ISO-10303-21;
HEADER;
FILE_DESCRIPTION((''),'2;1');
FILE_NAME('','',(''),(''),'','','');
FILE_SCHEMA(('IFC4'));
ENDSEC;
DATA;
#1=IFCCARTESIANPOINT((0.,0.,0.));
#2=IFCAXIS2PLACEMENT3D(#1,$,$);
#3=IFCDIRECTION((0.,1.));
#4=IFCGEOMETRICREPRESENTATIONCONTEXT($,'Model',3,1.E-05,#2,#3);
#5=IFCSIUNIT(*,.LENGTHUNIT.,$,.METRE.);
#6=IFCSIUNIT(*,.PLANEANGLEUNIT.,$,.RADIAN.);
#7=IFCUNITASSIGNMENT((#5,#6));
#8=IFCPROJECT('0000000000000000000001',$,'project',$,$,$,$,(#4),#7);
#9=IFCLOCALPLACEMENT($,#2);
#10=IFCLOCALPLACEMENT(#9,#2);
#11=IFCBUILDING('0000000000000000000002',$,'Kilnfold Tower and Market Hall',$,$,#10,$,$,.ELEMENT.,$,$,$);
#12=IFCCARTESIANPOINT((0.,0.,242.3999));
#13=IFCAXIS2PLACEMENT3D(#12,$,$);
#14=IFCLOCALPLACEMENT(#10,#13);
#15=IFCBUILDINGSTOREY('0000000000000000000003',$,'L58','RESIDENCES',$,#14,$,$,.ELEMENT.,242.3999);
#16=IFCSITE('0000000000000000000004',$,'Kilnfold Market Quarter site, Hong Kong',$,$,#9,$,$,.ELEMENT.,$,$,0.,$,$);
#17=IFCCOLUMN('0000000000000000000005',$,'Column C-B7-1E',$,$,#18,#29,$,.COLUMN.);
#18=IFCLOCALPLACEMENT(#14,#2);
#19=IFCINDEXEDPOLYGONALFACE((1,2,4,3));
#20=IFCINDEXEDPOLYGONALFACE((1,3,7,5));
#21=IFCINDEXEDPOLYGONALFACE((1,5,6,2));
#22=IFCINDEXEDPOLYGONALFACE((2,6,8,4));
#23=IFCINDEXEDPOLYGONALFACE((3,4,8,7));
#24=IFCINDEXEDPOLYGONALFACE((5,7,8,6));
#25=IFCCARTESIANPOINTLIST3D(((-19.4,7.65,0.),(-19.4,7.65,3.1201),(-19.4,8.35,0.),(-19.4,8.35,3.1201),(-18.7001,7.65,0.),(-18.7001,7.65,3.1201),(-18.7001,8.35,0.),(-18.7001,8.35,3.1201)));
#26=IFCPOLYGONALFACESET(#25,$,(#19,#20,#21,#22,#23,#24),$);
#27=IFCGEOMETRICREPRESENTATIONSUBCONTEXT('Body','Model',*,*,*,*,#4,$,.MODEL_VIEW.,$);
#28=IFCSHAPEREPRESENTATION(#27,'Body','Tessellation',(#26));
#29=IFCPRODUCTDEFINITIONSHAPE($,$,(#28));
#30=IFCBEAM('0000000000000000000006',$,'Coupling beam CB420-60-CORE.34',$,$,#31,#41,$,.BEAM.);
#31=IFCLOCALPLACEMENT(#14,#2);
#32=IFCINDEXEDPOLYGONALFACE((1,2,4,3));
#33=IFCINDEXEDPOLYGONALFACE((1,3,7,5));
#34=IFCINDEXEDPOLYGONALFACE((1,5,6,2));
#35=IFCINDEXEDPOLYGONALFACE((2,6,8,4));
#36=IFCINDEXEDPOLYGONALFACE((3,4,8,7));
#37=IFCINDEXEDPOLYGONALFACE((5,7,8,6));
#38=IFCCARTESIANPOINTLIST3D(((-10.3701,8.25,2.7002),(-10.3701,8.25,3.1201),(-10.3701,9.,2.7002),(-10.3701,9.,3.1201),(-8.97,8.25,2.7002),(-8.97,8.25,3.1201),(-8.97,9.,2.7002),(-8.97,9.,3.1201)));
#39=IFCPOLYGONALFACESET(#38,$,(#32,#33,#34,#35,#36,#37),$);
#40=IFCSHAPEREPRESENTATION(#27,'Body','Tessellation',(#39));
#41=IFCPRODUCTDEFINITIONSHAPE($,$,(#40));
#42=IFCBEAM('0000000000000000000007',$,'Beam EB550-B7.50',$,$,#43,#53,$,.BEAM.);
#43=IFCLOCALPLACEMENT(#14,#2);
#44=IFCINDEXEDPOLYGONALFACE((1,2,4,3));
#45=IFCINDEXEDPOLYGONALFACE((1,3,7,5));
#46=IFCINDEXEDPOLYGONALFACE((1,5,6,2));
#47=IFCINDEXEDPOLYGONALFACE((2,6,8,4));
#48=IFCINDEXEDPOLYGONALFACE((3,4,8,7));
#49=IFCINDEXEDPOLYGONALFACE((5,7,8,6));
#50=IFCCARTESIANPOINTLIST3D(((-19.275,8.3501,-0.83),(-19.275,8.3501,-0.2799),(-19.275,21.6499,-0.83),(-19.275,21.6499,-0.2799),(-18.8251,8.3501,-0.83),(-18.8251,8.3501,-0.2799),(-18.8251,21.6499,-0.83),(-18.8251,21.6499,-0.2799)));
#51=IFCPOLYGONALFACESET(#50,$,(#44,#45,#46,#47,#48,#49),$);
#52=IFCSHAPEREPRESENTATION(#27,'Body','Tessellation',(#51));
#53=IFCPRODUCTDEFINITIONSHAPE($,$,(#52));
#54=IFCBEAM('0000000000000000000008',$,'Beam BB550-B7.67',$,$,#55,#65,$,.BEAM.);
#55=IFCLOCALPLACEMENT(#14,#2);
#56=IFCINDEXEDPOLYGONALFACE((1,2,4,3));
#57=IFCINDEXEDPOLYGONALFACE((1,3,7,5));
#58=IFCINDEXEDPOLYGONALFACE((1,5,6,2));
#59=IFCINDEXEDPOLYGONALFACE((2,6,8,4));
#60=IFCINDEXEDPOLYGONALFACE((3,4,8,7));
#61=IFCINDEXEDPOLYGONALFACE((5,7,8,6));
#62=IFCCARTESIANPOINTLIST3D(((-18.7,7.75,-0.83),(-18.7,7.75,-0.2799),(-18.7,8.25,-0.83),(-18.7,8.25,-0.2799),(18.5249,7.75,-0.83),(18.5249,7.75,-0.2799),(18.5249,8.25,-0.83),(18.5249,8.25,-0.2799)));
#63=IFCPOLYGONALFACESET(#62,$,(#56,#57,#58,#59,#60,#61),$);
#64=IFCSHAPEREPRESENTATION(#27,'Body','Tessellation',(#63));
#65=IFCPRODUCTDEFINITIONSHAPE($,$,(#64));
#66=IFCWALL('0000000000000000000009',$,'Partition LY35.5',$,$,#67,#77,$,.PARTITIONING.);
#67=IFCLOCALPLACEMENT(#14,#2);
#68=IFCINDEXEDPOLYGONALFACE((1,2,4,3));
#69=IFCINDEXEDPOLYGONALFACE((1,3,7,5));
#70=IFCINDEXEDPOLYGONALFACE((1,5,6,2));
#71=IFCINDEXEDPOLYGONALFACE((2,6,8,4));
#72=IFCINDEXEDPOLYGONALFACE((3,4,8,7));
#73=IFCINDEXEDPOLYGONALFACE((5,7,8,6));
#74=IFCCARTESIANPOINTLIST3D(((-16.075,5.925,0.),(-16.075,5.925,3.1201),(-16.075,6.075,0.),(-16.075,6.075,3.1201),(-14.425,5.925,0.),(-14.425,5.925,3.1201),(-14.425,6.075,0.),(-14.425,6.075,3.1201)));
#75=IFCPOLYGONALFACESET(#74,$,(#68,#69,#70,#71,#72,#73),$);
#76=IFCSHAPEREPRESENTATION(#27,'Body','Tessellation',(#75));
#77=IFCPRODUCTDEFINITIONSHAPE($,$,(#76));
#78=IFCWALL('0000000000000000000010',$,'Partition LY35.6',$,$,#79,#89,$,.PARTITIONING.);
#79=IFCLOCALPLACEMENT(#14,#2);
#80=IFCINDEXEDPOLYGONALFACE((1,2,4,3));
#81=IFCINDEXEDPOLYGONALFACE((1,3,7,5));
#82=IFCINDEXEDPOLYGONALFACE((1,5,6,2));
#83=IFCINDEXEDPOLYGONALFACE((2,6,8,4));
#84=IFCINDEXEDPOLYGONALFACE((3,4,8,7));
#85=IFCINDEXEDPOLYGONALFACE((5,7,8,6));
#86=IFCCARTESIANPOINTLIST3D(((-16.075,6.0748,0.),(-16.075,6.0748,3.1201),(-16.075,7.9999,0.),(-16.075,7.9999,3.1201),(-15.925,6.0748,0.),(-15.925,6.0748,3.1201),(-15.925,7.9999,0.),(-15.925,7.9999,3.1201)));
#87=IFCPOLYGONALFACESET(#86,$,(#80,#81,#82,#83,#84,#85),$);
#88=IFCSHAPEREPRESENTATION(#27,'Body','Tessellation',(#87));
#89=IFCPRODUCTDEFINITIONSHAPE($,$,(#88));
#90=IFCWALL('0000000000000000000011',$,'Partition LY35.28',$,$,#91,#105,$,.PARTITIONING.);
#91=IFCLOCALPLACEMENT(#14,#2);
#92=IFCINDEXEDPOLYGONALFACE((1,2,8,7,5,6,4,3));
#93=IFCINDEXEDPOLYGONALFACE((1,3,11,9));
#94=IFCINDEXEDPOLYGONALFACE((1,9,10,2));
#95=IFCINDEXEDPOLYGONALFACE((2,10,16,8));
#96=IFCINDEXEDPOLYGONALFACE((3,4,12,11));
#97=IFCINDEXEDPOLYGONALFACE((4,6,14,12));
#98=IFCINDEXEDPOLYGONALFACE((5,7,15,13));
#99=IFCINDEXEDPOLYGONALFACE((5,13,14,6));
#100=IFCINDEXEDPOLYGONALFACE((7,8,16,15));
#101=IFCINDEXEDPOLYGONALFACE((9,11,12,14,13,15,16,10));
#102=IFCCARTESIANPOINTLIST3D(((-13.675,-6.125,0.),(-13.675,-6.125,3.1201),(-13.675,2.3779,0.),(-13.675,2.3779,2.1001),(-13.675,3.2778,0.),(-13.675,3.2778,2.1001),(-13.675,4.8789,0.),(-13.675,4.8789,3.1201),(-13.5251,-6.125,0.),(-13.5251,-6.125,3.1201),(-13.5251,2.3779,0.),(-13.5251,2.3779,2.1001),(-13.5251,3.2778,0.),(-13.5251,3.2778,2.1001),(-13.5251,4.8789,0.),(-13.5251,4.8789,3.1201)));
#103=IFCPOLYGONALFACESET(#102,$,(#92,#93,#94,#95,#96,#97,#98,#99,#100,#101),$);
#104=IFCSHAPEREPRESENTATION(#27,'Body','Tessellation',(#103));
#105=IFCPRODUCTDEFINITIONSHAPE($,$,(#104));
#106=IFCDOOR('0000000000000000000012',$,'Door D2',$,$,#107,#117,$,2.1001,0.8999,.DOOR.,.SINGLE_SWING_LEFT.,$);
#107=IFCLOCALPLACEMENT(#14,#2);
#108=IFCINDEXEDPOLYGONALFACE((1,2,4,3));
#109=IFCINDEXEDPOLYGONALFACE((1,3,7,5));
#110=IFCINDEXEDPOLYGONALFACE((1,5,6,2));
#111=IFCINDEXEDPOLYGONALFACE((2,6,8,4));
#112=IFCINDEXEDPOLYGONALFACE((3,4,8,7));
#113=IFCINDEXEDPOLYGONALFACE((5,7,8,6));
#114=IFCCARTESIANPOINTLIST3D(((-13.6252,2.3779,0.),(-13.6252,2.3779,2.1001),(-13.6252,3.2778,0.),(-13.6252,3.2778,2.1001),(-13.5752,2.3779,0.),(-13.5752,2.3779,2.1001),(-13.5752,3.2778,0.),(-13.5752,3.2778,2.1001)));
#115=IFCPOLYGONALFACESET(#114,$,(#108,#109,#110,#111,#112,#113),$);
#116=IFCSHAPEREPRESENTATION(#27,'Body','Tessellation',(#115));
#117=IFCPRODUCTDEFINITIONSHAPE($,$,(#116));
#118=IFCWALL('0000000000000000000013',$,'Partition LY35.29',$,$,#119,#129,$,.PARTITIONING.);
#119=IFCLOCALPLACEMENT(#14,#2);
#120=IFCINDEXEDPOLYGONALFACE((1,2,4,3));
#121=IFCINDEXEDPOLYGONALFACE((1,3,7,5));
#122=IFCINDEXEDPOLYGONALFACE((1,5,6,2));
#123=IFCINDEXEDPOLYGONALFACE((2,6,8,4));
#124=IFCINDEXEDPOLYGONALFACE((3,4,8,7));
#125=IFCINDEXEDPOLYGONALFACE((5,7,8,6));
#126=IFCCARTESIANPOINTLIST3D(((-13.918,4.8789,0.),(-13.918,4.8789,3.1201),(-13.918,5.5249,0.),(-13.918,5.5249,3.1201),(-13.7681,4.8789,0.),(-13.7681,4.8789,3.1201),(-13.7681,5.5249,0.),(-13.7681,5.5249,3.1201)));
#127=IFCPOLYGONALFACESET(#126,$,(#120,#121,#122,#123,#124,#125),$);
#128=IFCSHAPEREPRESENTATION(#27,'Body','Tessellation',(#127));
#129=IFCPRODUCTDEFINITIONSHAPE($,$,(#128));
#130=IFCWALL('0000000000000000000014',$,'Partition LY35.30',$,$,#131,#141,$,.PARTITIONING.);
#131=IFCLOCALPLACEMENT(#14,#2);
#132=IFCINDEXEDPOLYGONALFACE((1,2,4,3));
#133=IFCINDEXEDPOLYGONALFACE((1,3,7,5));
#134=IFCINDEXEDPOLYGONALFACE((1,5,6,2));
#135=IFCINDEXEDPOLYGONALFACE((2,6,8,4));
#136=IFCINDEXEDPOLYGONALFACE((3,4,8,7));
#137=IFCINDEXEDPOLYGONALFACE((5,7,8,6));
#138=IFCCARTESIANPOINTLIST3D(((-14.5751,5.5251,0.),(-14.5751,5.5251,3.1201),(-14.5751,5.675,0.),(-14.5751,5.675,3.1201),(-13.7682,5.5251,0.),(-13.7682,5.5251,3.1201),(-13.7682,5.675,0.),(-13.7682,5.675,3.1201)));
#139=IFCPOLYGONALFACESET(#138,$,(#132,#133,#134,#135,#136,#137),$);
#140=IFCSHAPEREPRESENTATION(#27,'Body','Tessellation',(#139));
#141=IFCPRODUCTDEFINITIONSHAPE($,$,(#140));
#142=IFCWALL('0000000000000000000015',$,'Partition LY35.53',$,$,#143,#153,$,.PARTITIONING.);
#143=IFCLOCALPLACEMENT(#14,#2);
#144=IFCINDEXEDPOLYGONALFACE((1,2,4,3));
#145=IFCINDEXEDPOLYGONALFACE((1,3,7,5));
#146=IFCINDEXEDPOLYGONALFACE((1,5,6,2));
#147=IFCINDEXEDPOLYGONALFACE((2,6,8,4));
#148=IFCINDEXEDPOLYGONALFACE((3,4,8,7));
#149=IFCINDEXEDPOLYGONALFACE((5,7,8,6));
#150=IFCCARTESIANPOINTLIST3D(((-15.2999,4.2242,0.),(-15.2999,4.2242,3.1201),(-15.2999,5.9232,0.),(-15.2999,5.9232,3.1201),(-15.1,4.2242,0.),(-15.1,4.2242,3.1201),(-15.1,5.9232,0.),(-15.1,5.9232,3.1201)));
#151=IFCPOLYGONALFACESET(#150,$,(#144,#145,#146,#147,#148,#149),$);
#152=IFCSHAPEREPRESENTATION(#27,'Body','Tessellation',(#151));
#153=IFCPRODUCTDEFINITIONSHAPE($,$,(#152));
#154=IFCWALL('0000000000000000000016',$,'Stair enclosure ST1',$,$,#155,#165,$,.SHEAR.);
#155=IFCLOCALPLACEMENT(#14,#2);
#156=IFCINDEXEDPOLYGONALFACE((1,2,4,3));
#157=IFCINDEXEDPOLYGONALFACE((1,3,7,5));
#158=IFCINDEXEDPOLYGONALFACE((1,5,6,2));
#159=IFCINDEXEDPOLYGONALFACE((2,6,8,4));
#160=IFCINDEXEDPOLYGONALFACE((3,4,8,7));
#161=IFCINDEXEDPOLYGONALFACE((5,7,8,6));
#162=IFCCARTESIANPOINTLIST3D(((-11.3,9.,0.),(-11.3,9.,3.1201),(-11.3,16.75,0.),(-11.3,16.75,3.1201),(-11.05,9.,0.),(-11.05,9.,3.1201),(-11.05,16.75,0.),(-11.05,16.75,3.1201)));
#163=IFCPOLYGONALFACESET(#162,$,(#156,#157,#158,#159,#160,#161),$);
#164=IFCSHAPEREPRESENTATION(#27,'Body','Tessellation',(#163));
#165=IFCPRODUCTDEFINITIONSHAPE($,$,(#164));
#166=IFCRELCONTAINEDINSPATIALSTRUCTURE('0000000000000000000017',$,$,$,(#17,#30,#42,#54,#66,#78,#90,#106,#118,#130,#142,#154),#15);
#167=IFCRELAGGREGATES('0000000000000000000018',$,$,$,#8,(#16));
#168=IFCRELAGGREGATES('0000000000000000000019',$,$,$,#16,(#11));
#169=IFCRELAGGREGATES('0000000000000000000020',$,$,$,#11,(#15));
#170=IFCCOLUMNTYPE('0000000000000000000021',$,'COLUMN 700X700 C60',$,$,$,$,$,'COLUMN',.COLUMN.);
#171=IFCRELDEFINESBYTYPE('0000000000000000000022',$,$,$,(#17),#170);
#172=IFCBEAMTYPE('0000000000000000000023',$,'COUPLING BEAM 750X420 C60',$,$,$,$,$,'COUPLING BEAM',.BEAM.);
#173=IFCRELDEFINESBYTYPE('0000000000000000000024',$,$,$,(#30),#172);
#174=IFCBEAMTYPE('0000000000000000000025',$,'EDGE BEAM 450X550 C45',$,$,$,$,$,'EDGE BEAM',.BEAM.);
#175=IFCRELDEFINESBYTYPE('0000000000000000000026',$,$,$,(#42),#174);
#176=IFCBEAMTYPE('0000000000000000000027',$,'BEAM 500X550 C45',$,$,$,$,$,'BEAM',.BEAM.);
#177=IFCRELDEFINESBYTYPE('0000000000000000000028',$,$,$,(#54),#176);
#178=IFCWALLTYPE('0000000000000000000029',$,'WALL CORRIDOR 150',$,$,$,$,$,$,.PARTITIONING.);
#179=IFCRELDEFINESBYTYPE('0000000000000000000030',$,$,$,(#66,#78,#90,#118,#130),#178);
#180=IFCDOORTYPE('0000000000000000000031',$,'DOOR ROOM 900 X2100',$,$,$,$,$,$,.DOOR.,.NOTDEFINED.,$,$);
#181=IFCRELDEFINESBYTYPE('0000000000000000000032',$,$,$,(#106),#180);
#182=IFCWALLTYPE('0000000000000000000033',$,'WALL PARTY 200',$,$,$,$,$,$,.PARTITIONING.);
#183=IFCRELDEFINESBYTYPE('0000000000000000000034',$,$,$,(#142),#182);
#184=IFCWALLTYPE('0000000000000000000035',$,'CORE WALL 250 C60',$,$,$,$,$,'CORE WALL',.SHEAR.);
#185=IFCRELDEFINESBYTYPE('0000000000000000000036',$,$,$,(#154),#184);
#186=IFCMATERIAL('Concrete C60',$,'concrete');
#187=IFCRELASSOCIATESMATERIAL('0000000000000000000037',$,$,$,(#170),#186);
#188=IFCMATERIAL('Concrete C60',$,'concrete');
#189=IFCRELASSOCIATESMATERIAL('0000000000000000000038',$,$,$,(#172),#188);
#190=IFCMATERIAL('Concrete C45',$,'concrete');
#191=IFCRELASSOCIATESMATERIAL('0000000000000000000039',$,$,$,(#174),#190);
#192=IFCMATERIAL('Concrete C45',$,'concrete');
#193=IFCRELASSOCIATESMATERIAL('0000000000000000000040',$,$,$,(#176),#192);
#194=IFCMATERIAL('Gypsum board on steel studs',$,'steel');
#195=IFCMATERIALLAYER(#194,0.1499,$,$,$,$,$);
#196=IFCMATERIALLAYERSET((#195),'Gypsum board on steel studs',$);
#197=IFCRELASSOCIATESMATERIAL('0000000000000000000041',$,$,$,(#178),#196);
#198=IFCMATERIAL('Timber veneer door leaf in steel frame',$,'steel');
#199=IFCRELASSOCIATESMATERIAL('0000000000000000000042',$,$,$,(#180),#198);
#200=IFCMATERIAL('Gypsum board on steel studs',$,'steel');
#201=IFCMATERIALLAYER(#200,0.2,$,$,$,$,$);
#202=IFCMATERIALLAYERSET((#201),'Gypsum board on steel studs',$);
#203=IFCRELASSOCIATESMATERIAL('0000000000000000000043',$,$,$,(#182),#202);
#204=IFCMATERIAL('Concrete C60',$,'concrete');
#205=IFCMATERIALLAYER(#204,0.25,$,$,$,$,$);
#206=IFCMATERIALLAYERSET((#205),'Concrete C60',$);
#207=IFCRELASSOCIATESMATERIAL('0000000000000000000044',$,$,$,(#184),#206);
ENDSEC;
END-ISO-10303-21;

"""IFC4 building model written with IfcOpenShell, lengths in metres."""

from ifc_helpers import new_model, si_unit, direction, frame, frame_2d, origin, origin_2d, place, context, subcontext, project, spatial, rectangle, extrude, source, transform, mapped, material, layer, layer_set, material_profile, profile_set, type_object, element, fill, save


model = new_model("IFC4")

# Units and contexts
model_context = context("Model", 3, precision=1e-05, world=origin(), true_north=direction((0.0, 1.0)))
body_context = subcontext(model_context, "Body", "Model", "MODEL_VIEW")
ifc_project = project(units=[si_unit("LENGTHUNIT", "METRE"), si_unit("PLANEANGLEUNIT", "RADIAN")], contexts=[model_context])

# Site, building, storey
site_placement = place(None, origin())
site = spatial("IfcSite", under=ifc_project, at=site_placement, Name="Kilnfold Market Quarter site, Hong Kong", CompositionType="ELEMENT", RefElevation=0.0)
building_placement = place(site_placement, origin())
building = spatial("IfcBuilding", under=site, at=building_placement, Name="Kilnfold Tower and Market Hall", CompositionType="ELEMENT")
storey_placement = place(building_placement, frame((0.0, 0.0, 242.3999)))
storey = spatial("IfcBuildingStorey", under=building, at=storey_placement, Name="L58", Description="RESIDENCES", CompositionType="ELEMENT", Elevation=242.3999)

# Column
ifc_material_1 = material(Name="Concrete C60", Category="concrete")
ifc_material_profile_1 = material_profile(ifc_material_1, rectangle(XDim=0.7, YDim=0.7, at=origin_2d()), Name="RC 700x700")
ifc_profile_set_1 = profile_set([ifc_material_profile_1], Name="Concrete C60")
column_type = type_object("IfcColumnType", Name="COLUMN 700X700 C60", ElementType="COLUMN", PredefinedType="COLUMN", material=ifc_profile_set_1)
shared_shape_1 = source(origin(), body_context, "Body", "SweptSolid", [
    extrude(rectangle(XDim=0.7, YDim=0.7, at=origin_2d()), origin(), (0.0, 0.0, 1.0), 3.1201),
])
column_placement = place(storey_placement, frame((-19.05, 8.0, 0.0), z_axis=(0.0, 0.0, 1.0), x_axis=(1.0, 0.0, 0.0)))
element("IfcColumn", 1, at=column_placement, inside=storey, type_object=column_type, Name="Column C-B7-1E", PredefinedType="COLUMN", context=body_context, shape_type="MappedRepresentation", body=[
    mapped(shared_shape_1, transform((0.0, 0.0, 0.0))),
])

# Beams
ifc_material_2 = material(Name="Concrete C60", Category="concrete")
ifc_material_profile_2 = material_profile(ifc_material_2, rectangle(XDim=0.75, YDim=0.4199, at=origin_2d()), Name="RC 750x420")
ifc_profile_set_2 = profile_set([ifc_material_profile_2], Name="Concrete C60")
beam_type_1 = type_object("IfcBeamType", Name="COUPLING BEAM 750X420 C60", ElementType="COUPLING BEAM", PredefinedType="BEAM", material=ifc_profile_set_2)
shared_shape_2 = source(origin(), body_context, "Body", "SweptSolid", [
    extrude(rectangle(XDim=0.75, YDim=0.4199, at=origin_2d()), origin(), (0.0, 0.0, 1.0), 1.4001),
])
beam_1_placement = place(storey_placement, frame((-10.3701, 8.625, 2.9102), z_axis=(1.0, 0.0, 0.0), x_axis=(0.0, 1.0, 0.0)))
element("IfcBeam", 2, at=beam_1_placement, inside=storey, type_object=beam_type_1, Name="Coupling beam CB420-60-CORE.34", PredefinedType="BEAM", context=body_context, shape_type="MappedRepresentation", body=[
    mapped(shared_shape_2, transform((0.0, 0.0, 0.0))),
])
ifc_material_3 = material(Name="Concrete C45", Category="concrete")
ifc_material_profile_3 = material_profile(ifc_material_3, rectangle(XDim=0.45, YDim=0.55, at=origin_2d()), Name="RC 450x550")
ifc_profile_set_3 = profile_set([ifc_material_profile_3], Name="Concrete C45")
beam_type_2 = type_object("IfcBeamType", Name="EDGE BEAM 450X550 C45", ElementType="EDGE BEAM", PredefinedType="BEAM", material=ifc_profile_set_3)
shared_shape_3 = source(origin(), body_context, "Body", "SweptSolid", [
    extrude(rectangle(XDim=0.45, YDim=0.55, at=origin_2d()), origin(), (0.0, 0.0, 1.0), 13.2998),
])
beam_2_placement = place(storey_placement, frame((-19.05, 8.3501, -0.5549), z_axis=(0.0, 1.0, 0.0), x_axis=(-1.0, 0.0, 0.0)))
element("IfcBeam", 3, at=beam_2_placement, inside=storey, type_object=beam_type_2, Name="Beam EB550-B7.50", PredefinedType="BEAM", context=body_context, shape_type="MappedRepresentation", body=[
    mapped(shared_shape_3, transform((0.0, 0.0, 0.0))),
])
ifc_material_4 = material(Name="Concrete C45", Category="concrete")
ifc_material_profile_4 = material_profile(ifc_material_4, rectangle(XDim=0.5, YDim=0.55, at=origin_2d()), Name="RC 500x550")
ifc_profile_set_4 = profile_set([ifc_material_profile_4], Name="Concrete C45")
beam_type_3 = type_object("IfcBeamType", Name="BEAM 500X550 C45", ElementType="BEAM", PredefinedType="BEAM", material=ifc_profile_set_4)
shared_shape_4 = source(origin(), body_context, "Body", "SweptSolid", [
    extrude(rectangle(XDim=0.5, YDim=0.55, at=origin_2d()), origin(), (0.0, 0.0, 1.0), 37.2249),
])
beam_3_placement = place(storey_placement, frame((-18.7, 8.0, -0.5549), z_axis=(1.0, 0.0, 0.0), x_axis=(0.0, 1.0, 0.0)))
element("IfcBeam", 4, at=beam_3_placement, inside=storey, type_object=beam_type_3, Name="Beam BB550-B7.67", PredefinedType="BEAM", context=body_context, shape_type="MappedRepresentation", body=[
    mapped(shared_shape_4, transform((0.0, 0.0, 0.0))),
])

# Walls
ifc_material_5 = material(Name="Gypsum board on steel studs", Category="steel")
ifc_layer_1 = layer(ifc_material_5, 0.1499)
ifc_layer_set_1 = layer_set([ifc_layer_1], Name="Gypsum board on steel studs")
wall_type_1 = type_object("IfcWallType", Name="WALL CORRIDOR 150", PredefinedType="PARTITIONING", material=ifc_layer_set_1)
wall_1_placement = place(storey_placement, frame((-16.075, 6.0, 0.0), z_axis=(0.0, 0.0, 1.0), x_axis=(1.0, 0.0, 0.0)))
element("IfcWall", 5, at=wall_1_placement, inside=storey, type_object=wall_type_1, Name="Partition LY35.5", PredefinedType="PARTITIONING", context=body_context, shape_type="SweptSolid", body=[
    extrude(rectangle(XDim=1.6499, YDim=0.1499, at=frame_2d((0.825, 0.0))), origin(), (0.0, 0.0, 1.0), 3.1201),
])
wall_2_placement = place(storey_placement, frame((-16.0, 6.075, 0.0), z_axis=(0.0, 0.0, 1.0), x_axis=(0.0, 1.0, 0.0)))
element("IfcWall", 6, at=wall_2_placement, inside=storey, type_object=wall_type_1, Name="Partition LY35.6", PredefinedType="PARTITIONING", context=body_context, shape_type="SweptSolid", body=[
    extrude(rectangle(XDim=1.925, YDim=0.1499, at=frame_2d((0.9624, 0.0))), origin(), (0.0, 0.0, 1.0), 3.1201),
])

# Wall, opening, door
wall_3_placement = place(storey_placement, frame((-13.6001, 4.8789, 0.0), z_axis=(0.0, 0.0, 1.0), x_axis=(0.0, -1.0, 0.0)))
wall_3 = element("IfcWall", 7, at=wall_3_placement, inside=storey, type_object=wall_type_1, Name="Partition LY35.28", PredefinedType="PARTITIONING", context=body_context, shape_type="SweptSolid", body=[
    extrude(rectangle(XDim=11.0039, YDim=0.1499, at=frame_2d((5.502, 0.0))), origin(), (0.0, 0.0, 1.0), 3.1201),
])
opening_1_placement = place(wall_3_placement, frame((1.6011, 0.0, 0.0)))
opening_1 = element("IfcOpeningElement", 8, at=opening_1_placement, cuts=wall_3, PredefinedType="OPENING", context=body_context, shape_type="SweptSolid", body=[
    extrude(rectangle(XDim=0.8999, YDim=2.1001, at=frame_2d((0.45, 1.05))), frame((0.0, 0.085, 0.0), z_axis=(0.0, -1.0, 0.0), x_axis=(1.0, 0.0, 0.0)), (0.0, 0.0, 1.0), 0.1699),
])
ifc_material_6 = material(Name="Timber veneer door leaf in steel frame", Category="steel")
door_type_1 = type_object("IfcDoorType", Name="DOOR ROOM 900 X2100", OperationType="NOTDEFINED", PredefinedType="DOOR", material=ifc_material_6)
door_1_placement = place(opening_1_placement, origin())
door_1 = element("IfcDoor", 9, at=door_1_placement, inside=storey, type_object=door_type_1, Name="Door D2", OperationType="SINGLE_SWING_LEFT", OverallHeight=2.1001, OverallWidth=0.8999, PredefinedType="DOOR", context=body_context, shape_type="SweptSolid", body=[
    extrude(rectangle(XDim=0.8999, YDim=2.1001, at=frame_2d((0.45, 1.05))), frame((0.0, 0.0249, 0.0), z_axis=(0.0, -1.0, 0.0), x_axis=(1.0, 0.0, 0.0)), (0.0, 0.0, 1.0), 0.05),
])
fill(opening_1, door_1)

# Walls
wall_4_placement = place(storey_placement, frame((-13.843, 5.5249, 0.0), z_axis=(0.0, 0.0, 1.0), x_axis=(0.0, -1.0, 0.0)))
element("IfcWall", 10, at=wall_4_placement, inside=storey, type_object=wall_type_1, Name="Partition LY35.29", PredefinedType="PARTITIONING", context=body_context, shape_type="SweptSolid", body=[
    extrude(rectangle(XDim=0.646, YDim=0.1499, at=frame_2d((0.323, 0.0))), origin(), (0.0, 0.0, 1.0), 3.1201),
])
wall_5_placement = place(storey_placement, frame((-14.575, 5.6001, 0.0), z_axis=(0.0, 0.0, 1.0), x_axis=(1.0, 0.0, 0.0)))
element("IfcWall", 11, at=wall_5_placement, inside=storey, type_object=wall_type_1, Name="Partition LY35.30", PredefinedType="PARTITIONING", context=body_context, shape_type="SweptSolid", body=[
    extrude(rectangle(XDim=0.8069, YDim=0.1499, at=frame_2d((0.4033, 0.0))), origin(), (0.0, 0.0, 1.0), 3.1201),
])
ifc_material_7 = material(Name="Gypsum board on steel studs", Category="steel")
ifc_layer_2 = layer(ifc_material_7, 0.2)
ifc_layer_set_2 = layer_set([ifc_layer_2], Name="Gypsum board on steel studs")
wall_type_2 = type_object("IfcWallType", Name="WALL PARTY 200", PredefinedType="PARTITIONING", material=ifc_layer_set_2)
wall_6_placement = place(storey_placement, frame((-15.2, 4.2241, 0.0), z_axis=(0.0, 0.0, 1.0), x_axis=(0.0, 1.0, 0.0)))
element("IfcWall", 12, at=wall_6_placement, inside=storey, type_object=wall_type_2, Name="Partition LY35.53", PredefinedType="PARTITIONING", context=body_context, shape_type="SweptSolid", body=[
    extrude(rectangle(XDim=1.699, YDim=0.2, at=frame_2d((0.8496, 0.0))), origin(), (0.0, 0.0, 1.0), 3.1201),
])
ifc_material_8 = material(Name="Concrete C60", Category="concrete")
ifc_layer_3 = layer(ifc_material_8, 0.25)
ifc_layer_set_3 = layer_set([ifc_layer_3], Name="Concrete C60")
wall_type_3 = type_object("IfcWallType", Name="CORE WALL 250 C60", ElementType="CORE WALL", PredefinedType="SHEAR", material=ifc_layer_set_3)
shared_shape_5 = source(origin(), body_context, "Body", "SweptSolid", [
    extrude(rectangle(XDim=7.75, YDim=0.25, at=frame_2d((3.875, 0.0))), origin(), (0.0, 0.0, 1.0), 3.1201),
])
wall_7_placement = place(storey_placement, frame((-11.175, 9.0, 0.0), z_axis=(0.0, 0.0, 1.0), x_axis=(0.0, 1.0, 0.0)))
element("IfcWall", 13, at=wall_7_placement, inside=storey, type_object=wall_type_3, Name="Stair enclosure ST1", PredefinedType="SHEAR", context=body_context, shape_type="MappedRepresentation", body=[
    mapped(shared_shape_5, transform((0.0, 0.0, 0.0))),
])

save(model, "model.ifc")
